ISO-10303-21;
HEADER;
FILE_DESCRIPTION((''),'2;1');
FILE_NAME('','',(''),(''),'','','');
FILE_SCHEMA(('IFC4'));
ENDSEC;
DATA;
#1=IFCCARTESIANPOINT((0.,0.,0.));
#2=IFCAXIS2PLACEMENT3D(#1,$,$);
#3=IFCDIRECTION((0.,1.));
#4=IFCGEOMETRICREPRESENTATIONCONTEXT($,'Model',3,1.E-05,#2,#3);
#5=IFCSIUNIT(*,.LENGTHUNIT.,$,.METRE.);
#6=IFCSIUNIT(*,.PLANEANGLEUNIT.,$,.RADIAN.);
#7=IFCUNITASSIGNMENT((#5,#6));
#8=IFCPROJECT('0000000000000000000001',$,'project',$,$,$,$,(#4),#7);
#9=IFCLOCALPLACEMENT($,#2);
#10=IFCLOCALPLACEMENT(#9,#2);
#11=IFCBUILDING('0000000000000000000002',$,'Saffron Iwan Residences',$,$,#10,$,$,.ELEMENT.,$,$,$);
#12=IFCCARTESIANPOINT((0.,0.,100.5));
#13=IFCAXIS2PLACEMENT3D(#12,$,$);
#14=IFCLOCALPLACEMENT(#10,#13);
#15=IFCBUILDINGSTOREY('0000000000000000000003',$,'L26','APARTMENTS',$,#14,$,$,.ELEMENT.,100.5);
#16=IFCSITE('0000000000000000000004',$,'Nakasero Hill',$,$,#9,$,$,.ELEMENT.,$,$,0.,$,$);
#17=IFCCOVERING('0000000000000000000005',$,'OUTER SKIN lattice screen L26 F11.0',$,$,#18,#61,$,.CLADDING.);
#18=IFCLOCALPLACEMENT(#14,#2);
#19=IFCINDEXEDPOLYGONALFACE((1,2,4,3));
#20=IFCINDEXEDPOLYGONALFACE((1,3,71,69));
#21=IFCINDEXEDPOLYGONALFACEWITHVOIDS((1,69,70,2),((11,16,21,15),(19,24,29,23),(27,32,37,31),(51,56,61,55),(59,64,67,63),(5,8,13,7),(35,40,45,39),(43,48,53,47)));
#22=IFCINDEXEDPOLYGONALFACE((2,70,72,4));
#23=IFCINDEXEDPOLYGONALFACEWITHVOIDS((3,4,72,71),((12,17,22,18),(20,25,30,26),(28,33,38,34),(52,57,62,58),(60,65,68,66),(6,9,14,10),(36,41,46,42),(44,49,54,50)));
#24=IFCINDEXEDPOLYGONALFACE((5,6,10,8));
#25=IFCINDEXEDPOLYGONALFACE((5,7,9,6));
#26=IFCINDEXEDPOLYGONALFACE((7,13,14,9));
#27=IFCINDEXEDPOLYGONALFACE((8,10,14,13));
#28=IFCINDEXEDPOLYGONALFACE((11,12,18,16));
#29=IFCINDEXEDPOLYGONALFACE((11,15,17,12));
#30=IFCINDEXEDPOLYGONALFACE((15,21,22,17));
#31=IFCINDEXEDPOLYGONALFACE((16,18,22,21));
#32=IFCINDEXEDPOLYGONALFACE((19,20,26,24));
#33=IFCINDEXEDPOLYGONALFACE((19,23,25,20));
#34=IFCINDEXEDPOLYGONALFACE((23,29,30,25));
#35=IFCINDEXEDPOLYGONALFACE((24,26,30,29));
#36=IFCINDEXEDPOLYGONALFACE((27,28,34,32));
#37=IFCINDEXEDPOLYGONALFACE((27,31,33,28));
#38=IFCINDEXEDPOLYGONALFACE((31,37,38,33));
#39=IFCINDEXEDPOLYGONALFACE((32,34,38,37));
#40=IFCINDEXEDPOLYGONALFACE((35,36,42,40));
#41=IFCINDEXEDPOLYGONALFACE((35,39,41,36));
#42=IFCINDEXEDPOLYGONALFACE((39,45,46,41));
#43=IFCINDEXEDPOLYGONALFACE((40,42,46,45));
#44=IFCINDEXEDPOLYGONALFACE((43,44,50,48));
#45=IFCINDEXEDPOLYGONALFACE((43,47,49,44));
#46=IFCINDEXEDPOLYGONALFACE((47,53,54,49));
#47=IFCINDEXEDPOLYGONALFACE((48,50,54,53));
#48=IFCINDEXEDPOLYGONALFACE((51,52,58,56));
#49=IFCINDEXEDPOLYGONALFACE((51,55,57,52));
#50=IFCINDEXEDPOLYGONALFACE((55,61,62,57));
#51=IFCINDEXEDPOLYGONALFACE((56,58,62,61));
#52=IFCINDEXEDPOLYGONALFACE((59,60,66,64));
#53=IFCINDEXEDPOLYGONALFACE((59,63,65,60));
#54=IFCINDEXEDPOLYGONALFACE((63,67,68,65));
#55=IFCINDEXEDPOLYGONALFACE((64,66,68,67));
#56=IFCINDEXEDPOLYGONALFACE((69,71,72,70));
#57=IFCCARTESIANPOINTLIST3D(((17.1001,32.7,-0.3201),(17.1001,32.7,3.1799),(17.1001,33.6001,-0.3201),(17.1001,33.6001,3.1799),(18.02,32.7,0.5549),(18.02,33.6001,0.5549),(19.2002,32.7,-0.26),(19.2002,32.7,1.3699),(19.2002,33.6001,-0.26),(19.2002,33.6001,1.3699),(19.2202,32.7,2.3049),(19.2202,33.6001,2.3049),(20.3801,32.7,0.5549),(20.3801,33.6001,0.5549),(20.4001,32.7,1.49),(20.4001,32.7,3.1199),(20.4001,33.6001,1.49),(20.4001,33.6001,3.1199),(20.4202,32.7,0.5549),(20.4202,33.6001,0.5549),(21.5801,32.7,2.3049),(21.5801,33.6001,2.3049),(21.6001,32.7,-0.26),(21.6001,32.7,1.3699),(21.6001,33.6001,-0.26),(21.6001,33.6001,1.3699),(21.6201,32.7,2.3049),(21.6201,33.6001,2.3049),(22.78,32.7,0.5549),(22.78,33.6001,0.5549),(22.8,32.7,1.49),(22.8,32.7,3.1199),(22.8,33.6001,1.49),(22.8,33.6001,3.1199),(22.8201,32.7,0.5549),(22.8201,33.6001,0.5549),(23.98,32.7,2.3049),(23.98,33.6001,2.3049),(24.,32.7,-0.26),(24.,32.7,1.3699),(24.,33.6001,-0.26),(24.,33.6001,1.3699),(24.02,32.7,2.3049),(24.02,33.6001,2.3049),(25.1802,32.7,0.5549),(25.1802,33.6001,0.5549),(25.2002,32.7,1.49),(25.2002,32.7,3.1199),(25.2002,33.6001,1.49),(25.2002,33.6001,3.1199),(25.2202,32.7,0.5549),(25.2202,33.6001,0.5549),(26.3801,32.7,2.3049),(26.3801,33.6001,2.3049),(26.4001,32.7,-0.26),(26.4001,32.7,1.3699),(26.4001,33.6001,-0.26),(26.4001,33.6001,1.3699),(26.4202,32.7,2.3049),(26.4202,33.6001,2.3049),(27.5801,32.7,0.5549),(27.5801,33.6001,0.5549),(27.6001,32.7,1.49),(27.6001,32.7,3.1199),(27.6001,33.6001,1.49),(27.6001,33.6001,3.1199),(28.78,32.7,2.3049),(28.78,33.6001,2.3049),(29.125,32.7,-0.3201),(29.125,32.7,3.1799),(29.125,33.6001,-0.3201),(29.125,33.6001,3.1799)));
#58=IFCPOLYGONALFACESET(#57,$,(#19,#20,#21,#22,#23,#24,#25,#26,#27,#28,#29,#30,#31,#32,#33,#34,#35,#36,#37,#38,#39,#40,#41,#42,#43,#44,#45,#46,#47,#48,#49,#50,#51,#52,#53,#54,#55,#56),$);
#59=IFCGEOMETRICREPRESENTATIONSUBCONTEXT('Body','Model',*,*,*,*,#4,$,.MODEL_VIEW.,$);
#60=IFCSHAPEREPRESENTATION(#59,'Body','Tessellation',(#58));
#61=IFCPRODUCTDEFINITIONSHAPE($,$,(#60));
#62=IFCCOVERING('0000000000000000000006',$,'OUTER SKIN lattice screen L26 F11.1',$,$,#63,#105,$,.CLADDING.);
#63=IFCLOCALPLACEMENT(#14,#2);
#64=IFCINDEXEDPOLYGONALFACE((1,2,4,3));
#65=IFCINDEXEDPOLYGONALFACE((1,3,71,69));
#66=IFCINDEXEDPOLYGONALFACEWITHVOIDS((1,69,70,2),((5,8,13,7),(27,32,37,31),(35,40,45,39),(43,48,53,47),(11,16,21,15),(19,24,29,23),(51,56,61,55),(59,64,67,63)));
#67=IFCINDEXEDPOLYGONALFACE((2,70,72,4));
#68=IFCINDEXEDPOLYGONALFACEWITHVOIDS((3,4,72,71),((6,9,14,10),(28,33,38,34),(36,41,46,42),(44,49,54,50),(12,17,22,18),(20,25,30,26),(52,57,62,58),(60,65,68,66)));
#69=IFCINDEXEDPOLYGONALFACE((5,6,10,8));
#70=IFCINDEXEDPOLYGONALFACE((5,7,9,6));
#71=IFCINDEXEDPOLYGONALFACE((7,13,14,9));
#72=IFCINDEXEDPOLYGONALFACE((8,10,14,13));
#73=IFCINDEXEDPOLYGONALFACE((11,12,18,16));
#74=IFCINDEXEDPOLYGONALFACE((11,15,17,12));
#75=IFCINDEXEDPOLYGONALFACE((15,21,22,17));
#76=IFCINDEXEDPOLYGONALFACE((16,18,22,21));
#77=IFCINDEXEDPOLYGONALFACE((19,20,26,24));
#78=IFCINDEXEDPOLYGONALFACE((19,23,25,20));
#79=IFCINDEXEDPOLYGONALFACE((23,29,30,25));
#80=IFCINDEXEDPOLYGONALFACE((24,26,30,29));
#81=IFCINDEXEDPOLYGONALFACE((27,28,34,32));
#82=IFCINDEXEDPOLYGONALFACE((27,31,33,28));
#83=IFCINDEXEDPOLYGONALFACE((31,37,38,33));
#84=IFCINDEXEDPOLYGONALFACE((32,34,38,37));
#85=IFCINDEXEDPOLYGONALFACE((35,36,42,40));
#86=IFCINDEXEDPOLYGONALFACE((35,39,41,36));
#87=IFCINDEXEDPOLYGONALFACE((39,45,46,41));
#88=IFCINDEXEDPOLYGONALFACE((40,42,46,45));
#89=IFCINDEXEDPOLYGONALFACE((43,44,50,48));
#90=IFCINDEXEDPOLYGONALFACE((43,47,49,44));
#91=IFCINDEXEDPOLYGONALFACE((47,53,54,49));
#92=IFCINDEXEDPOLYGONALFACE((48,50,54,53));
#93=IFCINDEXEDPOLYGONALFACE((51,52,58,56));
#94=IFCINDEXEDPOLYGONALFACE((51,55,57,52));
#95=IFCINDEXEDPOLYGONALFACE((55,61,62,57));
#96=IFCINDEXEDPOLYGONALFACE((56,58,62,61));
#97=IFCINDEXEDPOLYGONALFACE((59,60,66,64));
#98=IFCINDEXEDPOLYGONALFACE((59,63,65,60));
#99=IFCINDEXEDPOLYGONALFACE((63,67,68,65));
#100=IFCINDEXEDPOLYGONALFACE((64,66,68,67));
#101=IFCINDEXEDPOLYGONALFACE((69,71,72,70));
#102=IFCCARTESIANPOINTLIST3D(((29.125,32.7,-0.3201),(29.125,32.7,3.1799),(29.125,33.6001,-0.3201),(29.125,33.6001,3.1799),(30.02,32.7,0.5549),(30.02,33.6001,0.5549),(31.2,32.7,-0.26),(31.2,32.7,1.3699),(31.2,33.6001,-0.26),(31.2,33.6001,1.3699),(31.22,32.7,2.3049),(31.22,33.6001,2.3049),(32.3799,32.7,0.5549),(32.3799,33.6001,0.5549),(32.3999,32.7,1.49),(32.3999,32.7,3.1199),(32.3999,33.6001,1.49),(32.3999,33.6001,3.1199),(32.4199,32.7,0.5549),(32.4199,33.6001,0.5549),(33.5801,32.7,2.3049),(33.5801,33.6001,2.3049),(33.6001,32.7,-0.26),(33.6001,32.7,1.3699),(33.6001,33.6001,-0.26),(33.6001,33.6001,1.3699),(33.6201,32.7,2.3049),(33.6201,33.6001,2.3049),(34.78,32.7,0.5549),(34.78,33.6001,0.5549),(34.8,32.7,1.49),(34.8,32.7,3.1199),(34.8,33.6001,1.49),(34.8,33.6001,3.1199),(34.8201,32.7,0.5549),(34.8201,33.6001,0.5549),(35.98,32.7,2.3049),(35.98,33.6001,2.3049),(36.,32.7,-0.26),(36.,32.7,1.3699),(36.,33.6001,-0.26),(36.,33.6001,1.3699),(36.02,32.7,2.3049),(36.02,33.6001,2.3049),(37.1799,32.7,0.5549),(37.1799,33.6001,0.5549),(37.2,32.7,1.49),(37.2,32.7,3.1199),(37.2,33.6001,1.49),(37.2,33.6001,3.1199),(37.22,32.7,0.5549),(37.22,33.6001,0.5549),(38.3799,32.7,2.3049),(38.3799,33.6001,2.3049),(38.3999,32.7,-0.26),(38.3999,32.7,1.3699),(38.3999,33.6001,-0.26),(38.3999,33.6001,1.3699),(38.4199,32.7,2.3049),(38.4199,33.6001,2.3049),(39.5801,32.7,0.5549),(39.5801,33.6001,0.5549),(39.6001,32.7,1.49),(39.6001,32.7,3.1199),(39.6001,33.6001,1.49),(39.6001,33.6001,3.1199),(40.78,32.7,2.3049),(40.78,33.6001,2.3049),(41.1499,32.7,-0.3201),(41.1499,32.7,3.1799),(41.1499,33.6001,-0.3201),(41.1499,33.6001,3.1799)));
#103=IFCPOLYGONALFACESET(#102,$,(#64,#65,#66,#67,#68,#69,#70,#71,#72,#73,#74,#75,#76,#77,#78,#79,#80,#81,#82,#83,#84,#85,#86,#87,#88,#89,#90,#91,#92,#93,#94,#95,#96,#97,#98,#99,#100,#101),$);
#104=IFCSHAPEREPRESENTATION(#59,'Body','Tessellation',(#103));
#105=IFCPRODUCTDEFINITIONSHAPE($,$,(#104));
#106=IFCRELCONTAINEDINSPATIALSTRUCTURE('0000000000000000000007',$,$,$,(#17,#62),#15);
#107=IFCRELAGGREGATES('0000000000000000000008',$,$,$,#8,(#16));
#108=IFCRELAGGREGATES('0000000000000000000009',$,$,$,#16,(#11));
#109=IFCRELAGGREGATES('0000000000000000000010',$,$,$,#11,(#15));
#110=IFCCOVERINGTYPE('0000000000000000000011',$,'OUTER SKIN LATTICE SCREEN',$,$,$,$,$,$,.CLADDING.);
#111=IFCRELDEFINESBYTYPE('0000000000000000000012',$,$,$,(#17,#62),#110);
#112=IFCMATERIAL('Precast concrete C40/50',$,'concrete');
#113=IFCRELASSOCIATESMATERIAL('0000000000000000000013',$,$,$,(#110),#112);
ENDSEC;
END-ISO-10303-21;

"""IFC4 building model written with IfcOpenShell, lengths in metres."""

from ifc_helpers import new_model, si_unit, direction, frame, origin, place, context, subcontext, project, spatial, polyline, outline, extrude, material, type_object, element, save


model = new_model("IFC4")

# Units and contexts
model_context = context("Model", 3, precision=1e-05, world=origin(), true_north=direction((0.0, 1.0)))
body_context = subcontext(model_context, "Body", "Model", "MODEL_VIEW")
ifc_project = project(units=[si_unit("LENGTHUNIT", "METRE"), si_unit("PLANEANGLEUNIT", "RADIAN")], contexts=[model_context])

# Site, building, storey
site_placement = place(None, origin())
site = spatial("IfcSite", under=ifc_project, at=site_placement, Name="Nakasero Hill", CompositionType="ELEMENT", RefElevation=0.0)
building_placement = place(site_placement, origin())
building = spatial("IfcBuilding", under=site, at=building_placement, Name="Saffron Iwan Residences", CompositionType="ELEMENT")
storey_placement = place(building_placement, frame((0.0, 0.0, 100.5)))
storey = spatial("IfcBuildingStorey", under=building, at=storey_placement, Name="L26", Description="APARTMENTS", CompositionType="ELEMENT", Elevation=100.5)

# Coverings
ifc_material_1 = material(Name="Precast concrete C40/50", Category="concrete")
covering_type_1 = type_object("IfcCoveringType", Name="OUTER SKIN LATTICE SCREEN", PredefinedType="CLADDING", material=ifc_material_1)
covering_1_placement = place(storey_placement, frame((17.1001, 33.6001, -0.3201), z_axis=(0.0, -1.0, 0.0), x_axis=(1.0, 0.0, 0.0)))
element("IfcCovering", 1, at=covering_1_placement, inside=storey, type_object=covering_type_1, Name="OUTER SKIN lattice screen L26 F11.0", PredefinedType="CLADDING", context=body_context, shape_type="SweptSolid", body=[
    extrude(outline(polyline([(0.0, 0.0), (12.0249, 0.0), (12.0249, 3.5), (0.0, 3.5), (0.0, 0.0)]), holes=[polyline([(0.9199, 0.875), (2.1001, 0.0601), (3.28, 0.875), (2.1001, 1.6899), (0.9199, 0.875)]), polyline([(3.3201, 0.875), (4.5, 0.0601), (5.6799, 0.875), (4.5, 1.6899), (3.3201, 0.875)]), polyline([(5.72, 0.875), (6.8999, 0.0601), (8.0801, 0.875), (6.8999, 1.6899), (5.72, 0.875)]), polyline([(8.1201, 0.875), (9.3, 0.0601), (10.48, 0.875), (9.3, 1.6899), (8.1201, 0.875)]), polyline([(2.1201, 2.625), (3.3, 1.8101), (4.48, 2.625), (3.3, 3.4399), (2.1201, 2.625)]), polyline([(4.52, 2.625), (5.7, 1.8101), (6.8799, 2.625), (5.7, 3.4399), (4.52, 2.625)]), polyline([(6.9199, 2.625), (8.1001, 1.8101), (9.28, 2.625), (8.1001, 3.4399), (6.9199, 2.625)]), polyline([(9.3201, 2.625), (10.5, 1.8101), (11.6799, 2.625), (10.5, 3.4399), (9.3201, 2.625)])]), origin(), (0.0, 0.0, 1.0), 0.9001),
])
covering_2_placement = place(storey_placement, frame((29.125, 33.6001, -0.3201), z_axis=(0.0, -1.0, 0.0), x_axis=(1.0, 0.0, 0.0)))
element("IfcCovering", 2, at=covering_2_placement, inside=storey, type_object=covering_type_1, Name="OUTER SKIN lattice screen L26 F11.1", PredefinedType="CLADDING", context=body_context, shape_type="SweptSolid", body=[
    extrude(outline(polyline([(0.0, 0.0), (12.0249, 0.0), (12.0249, 3.5), (0.0, 3.5), (0.0, 0.0)]), holes=[polyline([(0.895, 0.875), (2.075, 0.0601), (3.2549, 0.875), (2.075, 1.6899), (0.895, 0.875)]), polyline([(3.2949, 0.875), (4.4751, 0.0601), (5.655, 0.875), (4.4751, 1.6899), (3.2949, 0.875)]), polyline([(5.6951, 0.875), (6.875, 0.0601), (8.0549, 0.875), (6.875, 1.6899), (5.6951, 0.875)]), polyline([(8.095, 0.875), (9.2749, 0.0601), (10.4551, 0.875), (9.2749, 1.6899), (8.095, 0.875)]), polyline([(2.095, 2.625), (3.2749, 1.8101), (4.4551, 2.625), (3.2749, 3.4399), (2.095, 2.625)]), polyline([(4.4951, 2.625), (5.675, 1.8101), (6.855, 2.625), (5.675, 3.4399), (4.4951, 2.625)]), polyline([(6.895, 2.625), (8.075, 1.8101), (9.2549, 2.625), (8.075, 3.4399), (6.895, 2.625)]), polyline([(9.2949, 2.625), (10.4751, 1.8101), (11.655, 2.625), (10.4751, 3.4399), (9.2949, 2.625)])]), origin(), (0.0, 0.0, 1.0), 0.9001),
])

save(model, "model.ifc")
